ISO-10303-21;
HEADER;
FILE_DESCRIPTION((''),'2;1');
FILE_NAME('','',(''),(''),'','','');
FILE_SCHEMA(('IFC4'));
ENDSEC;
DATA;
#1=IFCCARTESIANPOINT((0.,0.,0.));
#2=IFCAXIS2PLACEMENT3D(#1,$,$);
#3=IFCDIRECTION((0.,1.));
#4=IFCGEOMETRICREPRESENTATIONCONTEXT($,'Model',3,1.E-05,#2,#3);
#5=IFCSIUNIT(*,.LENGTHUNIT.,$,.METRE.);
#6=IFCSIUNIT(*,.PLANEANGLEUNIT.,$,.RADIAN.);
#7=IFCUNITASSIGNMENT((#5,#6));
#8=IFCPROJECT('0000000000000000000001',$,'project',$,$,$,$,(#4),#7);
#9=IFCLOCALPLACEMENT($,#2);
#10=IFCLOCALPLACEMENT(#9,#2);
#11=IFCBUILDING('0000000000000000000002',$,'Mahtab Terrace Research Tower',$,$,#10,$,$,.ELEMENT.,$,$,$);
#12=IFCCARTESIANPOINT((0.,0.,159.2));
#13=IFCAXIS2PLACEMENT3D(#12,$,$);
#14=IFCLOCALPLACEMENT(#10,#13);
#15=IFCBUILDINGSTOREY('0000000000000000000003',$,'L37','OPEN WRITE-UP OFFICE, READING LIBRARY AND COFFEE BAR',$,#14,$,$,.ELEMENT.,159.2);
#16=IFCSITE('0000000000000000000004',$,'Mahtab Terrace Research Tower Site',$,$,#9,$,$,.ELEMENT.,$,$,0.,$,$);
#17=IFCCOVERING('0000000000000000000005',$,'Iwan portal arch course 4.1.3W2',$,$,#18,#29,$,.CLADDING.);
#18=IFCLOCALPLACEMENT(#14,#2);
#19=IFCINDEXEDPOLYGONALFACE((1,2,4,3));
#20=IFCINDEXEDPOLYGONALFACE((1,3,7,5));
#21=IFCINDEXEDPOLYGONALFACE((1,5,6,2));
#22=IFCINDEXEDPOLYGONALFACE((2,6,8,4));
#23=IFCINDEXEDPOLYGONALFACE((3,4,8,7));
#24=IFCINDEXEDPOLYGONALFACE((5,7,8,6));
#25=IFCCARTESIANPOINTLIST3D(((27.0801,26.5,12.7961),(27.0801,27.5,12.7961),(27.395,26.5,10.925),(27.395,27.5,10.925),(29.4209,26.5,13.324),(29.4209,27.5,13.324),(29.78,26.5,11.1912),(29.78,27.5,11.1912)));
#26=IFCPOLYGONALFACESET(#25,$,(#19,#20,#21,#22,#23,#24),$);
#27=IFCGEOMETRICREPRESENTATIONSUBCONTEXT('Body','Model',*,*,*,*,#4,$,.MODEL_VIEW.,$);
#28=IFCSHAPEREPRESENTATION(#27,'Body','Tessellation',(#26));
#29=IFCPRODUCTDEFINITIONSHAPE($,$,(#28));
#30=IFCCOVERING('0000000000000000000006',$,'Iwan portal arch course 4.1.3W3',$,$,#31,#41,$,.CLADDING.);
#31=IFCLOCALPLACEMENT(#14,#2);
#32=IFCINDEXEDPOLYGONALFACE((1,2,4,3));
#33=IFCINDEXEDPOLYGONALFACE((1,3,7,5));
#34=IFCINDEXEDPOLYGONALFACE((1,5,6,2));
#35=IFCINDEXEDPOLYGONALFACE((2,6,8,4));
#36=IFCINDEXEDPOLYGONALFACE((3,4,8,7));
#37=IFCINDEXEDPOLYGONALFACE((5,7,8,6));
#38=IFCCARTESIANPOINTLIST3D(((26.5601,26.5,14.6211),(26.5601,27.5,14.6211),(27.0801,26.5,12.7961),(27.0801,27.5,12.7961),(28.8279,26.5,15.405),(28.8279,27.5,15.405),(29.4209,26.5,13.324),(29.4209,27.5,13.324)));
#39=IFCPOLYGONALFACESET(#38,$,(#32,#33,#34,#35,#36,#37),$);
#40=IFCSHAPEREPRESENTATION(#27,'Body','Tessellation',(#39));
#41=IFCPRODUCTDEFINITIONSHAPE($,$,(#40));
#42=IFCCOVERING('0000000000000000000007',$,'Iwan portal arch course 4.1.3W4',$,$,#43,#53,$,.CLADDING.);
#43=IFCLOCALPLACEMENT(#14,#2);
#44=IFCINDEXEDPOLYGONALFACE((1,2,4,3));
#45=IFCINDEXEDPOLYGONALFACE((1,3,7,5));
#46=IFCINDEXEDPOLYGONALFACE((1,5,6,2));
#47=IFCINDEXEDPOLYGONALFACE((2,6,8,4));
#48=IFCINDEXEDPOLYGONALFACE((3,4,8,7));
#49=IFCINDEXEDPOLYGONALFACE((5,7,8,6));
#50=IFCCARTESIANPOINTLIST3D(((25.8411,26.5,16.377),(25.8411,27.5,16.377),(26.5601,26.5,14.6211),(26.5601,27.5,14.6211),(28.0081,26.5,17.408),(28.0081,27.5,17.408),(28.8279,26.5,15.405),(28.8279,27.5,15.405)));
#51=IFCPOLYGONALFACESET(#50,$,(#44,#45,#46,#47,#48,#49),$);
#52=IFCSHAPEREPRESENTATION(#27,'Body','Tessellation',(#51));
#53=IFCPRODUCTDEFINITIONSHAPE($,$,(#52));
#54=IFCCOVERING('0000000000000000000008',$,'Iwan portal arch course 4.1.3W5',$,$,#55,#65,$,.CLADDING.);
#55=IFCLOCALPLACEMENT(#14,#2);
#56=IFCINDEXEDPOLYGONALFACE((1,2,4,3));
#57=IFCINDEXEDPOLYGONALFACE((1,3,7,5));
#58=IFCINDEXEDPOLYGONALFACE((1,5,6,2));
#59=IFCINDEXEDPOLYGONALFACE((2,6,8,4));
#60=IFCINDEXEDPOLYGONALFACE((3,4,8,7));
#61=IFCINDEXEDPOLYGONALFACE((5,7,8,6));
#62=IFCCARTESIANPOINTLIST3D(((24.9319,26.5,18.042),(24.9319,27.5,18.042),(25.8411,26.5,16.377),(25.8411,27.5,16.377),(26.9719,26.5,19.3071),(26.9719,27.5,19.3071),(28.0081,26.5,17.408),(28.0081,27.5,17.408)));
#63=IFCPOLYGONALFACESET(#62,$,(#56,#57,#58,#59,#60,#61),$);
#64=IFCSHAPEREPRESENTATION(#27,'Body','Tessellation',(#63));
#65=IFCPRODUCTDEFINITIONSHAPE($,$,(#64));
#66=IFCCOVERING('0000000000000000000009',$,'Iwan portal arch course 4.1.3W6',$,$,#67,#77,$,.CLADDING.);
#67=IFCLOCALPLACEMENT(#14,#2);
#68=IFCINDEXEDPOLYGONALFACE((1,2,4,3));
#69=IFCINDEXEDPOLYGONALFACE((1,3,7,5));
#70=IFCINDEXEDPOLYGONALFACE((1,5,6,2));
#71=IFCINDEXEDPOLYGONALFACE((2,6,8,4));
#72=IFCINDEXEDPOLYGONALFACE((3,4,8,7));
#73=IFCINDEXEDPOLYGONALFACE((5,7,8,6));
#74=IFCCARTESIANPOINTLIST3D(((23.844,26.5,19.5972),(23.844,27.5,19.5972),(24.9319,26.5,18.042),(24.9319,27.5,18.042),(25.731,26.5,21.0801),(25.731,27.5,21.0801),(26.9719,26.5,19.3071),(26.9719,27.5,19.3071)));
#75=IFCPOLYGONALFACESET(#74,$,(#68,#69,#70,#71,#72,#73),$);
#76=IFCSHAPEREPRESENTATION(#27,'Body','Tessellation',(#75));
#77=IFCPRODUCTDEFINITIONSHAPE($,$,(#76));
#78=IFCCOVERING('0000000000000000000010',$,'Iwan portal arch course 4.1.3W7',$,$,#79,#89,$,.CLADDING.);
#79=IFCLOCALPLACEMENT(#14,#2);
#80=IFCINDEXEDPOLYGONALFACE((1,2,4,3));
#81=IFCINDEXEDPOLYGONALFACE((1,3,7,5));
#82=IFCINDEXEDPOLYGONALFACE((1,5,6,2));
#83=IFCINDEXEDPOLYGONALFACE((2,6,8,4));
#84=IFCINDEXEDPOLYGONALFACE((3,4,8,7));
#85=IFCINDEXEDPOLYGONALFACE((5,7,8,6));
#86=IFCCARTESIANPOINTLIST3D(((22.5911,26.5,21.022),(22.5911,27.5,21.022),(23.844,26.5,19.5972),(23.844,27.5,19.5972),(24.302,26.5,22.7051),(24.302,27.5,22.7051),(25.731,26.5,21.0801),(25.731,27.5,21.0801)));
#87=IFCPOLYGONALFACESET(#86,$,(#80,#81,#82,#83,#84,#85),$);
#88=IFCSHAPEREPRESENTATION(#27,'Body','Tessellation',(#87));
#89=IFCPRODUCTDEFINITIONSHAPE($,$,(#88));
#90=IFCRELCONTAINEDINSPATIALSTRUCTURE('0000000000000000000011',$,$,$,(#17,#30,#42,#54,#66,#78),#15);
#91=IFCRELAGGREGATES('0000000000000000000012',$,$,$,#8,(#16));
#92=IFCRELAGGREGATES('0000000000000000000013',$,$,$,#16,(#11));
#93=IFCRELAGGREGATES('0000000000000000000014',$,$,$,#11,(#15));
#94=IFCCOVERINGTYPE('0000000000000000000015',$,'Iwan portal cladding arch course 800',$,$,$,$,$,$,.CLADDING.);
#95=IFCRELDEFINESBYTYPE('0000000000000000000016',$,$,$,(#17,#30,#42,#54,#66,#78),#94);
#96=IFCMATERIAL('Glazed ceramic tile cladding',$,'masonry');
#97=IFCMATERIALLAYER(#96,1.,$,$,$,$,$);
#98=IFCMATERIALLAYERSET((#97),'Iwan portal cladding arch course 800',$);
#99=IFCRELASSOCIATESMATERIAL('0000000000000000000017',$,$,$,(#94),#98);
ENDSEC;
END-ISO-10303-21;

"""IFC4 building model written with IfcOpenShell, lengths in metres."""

from ifc_helpers import new_model, si_unit, direction, frame, origin, place, context, subcontext, project, spatial, polyline, outline, extrude, material, layer, layer_set, type_object, element, save


model = new_model("IFC4")

# Units and contexts
model_context = context("Model", 3, precision=1e-05, world=origin(), true_north=direction((0.0, 1.0)))
body_context = subcontext(model_context, "Body", "Model", "MODEL_VIEW")
ifc_project = project(units=[si_unit("LENGTHUNIT", "METRE"), si_unit("PLANEANGLEUNIT", "RADIAN")], contexts=[model_context])

# Site, building, storey
site_placement = place(None, origin())
site = spatial("IfcSite", under=ifc_project, at=site_placement, Name="Mahtab Terrace Research Tower Site", CompositionType="ELEMENT", RefElevation=0.0)
building_placement = place(site_placement, origin())
building = spatial("IfcBuilding", under=site, at=building_placement, Name="Mahtab Terrace Research Tower", CompositionType="ELEMENT")
storey_placement = place(building_placement, frame((0.0, 0.0, 159.2)))
storey = spatial("IfcBuildingStorey", under=building, at=storey_placement, Name="L37", Description="OPEN WRITE-UP OFFICE, READING LIBRARY AND COFFEE BAR", CompositionType="ELEMENT", Elevation=159.2)

# Coverings
ifc_material = material(Name="Glazed ceramic tile cladding", Category="masonry")
ifc_layer = layer(ifc_material, 1.0)
ifc_layer_set = layer_set([ifc_layer], Name="Iwan portal cladding arch course 800")
covering_type = type_object("IfcCoveringType", Name="Iwan portal cladding arch course 800", PredefinedType="CLADDING", material=ifc_layer_set)
covering_1_placement = place(storey_placement, frame((29.78, 26.5, 11.1912), z_axis=(0.0, -1.0, 0.0), x_axis=(-0.166046, 0.0, 0.986118)))
element("IfcCovering", 1, at=covering_1_placement, inside=storey, type_object=covering_type, Name="Iwan portal arch course 4.1.3W2", PredefinedType="CLADDING", context=body_context, shape_type="SweptSolid", body=[
    extrude(outline(polyline([(0.0, 0.0), (2.1628, 0.0), (2.031, 2.396), (0.1336, 2.3961), (0.0, 0.0)])), origin(), (0.0, 0.0, -1.0), 1.0),
])
covering_2_placement = place(storey_placement, frame((29.4209, 26.5, 13.324), z_axis=(0.0, -1.0, 0.0), x_axis=(-0.274051, 0.0, 0.961715)))
element("IfcCovering", 2, at=covering_2_placement, inside=storey, type_object=covering_type, Name="Iwan portal arch course 4.1.3W3", PredefinedType="CLADDING", context=body_context, shape_type="SweptSolid", body=[
    extrude(outline(polyline([(0.0, 0.0), (2.1639, 0.0), (2.0315, 2.3958), (0.1339, 2.3959), (0.0, 0.0)])), origin(), (0.0, 0.0, -1.0), 1.0),
])
covering_3_placement = place(storey_placement, frame((28.8279, 26.5, 15.405), z_axis=(0.0, -1.0, 0.0), x_axis=(-0.378809, 0.0, 0.925475)))
element("IfcCovering", 3, at=covering_3_placement, inside=storey, type_object=covering_type, Name="Iwan portal arch course 4.1.3W4", PredefinedType="CLADDING", context=body_context, shape_type="SweptSolid", body=[
    extrude(outline(polyline([(0.0, 0.0), (2.1642, 0.0), (2.0309, 2.3961), (0.1336, 2.3958), (0.0, 0.0)])), origin(), (0.0, 0.0, -1.0), 1.0),
])
covering_4_placement = place(storey_placement, frame((28.0081, 26.5, 17.408), z_axis=(0.0, -1.0, 0.0), x_axis=(-0.478931, 0.0, 0.877852)))
element("IfcCovering", 4, at=covering_4_placement, inside=storey, type_object=covering_type, Name="Iwan portal arch course 4.1.3W5", PredefinedType="CLADDING", context=body_context, shape_type="SweptSolid", body=[
    extrude(outline(polyline([(0.0, 0.0), (2.1634, 0.0), (2.0299, 2.3968), (0.1328, 2.3961), (0.0, 0.0)])), origin(), (0.0, 0.0, -1.0), 1.0),
])
covering_5_placement = place(storey_placement, frame((26.9719, 26.5, 19.3071), z_axis=(0.0, -1.0, 0.0), x_axis=(-0.573432, 0.0, 0.819253)))
element("IfcCovering", 5, at=covering_5_placement, inside=storey, type_object=covering_type, Name="Iwan portal arch course 4.1.3W6", PredefinedType="CLADDING", context=body_context, shape_type="SweptSolid", body=[
    extrude(outline(polyline([(0.0, 0.0), (2.1641, 0.0), (2.0313, 2.3962), (0.1334, 2.3968), (0.0, 0.0)])), origin(), (0.0, 0.0, -1.0), 1.0),
])
covering_6_placement = place(storey_placement, frame((25.731, 26.5, 21.0801), z_axis=(0.0, -1.0, 0.0), x_axis=(-0.660356, 0.0, 0.750953)))
element("IfcCovering", 6, at=covering_6_placement, inside=storey, type_object=covering_type, Name="Iwan portal arch course 4.1.3W7", PredefinedType="CLADDING", context=body_context, shape_type="SweptSolid", body=[
    extrude(outline(polyline([(0.0, 0.0), (2.1639, 0.0), (2.0298, 2.3963), (0.1325, 2.3963), (0.0, 0.0)])), origin(), (0.0, 0.0, -1.0), 1.0),
])

save(model, "model.ifc")
